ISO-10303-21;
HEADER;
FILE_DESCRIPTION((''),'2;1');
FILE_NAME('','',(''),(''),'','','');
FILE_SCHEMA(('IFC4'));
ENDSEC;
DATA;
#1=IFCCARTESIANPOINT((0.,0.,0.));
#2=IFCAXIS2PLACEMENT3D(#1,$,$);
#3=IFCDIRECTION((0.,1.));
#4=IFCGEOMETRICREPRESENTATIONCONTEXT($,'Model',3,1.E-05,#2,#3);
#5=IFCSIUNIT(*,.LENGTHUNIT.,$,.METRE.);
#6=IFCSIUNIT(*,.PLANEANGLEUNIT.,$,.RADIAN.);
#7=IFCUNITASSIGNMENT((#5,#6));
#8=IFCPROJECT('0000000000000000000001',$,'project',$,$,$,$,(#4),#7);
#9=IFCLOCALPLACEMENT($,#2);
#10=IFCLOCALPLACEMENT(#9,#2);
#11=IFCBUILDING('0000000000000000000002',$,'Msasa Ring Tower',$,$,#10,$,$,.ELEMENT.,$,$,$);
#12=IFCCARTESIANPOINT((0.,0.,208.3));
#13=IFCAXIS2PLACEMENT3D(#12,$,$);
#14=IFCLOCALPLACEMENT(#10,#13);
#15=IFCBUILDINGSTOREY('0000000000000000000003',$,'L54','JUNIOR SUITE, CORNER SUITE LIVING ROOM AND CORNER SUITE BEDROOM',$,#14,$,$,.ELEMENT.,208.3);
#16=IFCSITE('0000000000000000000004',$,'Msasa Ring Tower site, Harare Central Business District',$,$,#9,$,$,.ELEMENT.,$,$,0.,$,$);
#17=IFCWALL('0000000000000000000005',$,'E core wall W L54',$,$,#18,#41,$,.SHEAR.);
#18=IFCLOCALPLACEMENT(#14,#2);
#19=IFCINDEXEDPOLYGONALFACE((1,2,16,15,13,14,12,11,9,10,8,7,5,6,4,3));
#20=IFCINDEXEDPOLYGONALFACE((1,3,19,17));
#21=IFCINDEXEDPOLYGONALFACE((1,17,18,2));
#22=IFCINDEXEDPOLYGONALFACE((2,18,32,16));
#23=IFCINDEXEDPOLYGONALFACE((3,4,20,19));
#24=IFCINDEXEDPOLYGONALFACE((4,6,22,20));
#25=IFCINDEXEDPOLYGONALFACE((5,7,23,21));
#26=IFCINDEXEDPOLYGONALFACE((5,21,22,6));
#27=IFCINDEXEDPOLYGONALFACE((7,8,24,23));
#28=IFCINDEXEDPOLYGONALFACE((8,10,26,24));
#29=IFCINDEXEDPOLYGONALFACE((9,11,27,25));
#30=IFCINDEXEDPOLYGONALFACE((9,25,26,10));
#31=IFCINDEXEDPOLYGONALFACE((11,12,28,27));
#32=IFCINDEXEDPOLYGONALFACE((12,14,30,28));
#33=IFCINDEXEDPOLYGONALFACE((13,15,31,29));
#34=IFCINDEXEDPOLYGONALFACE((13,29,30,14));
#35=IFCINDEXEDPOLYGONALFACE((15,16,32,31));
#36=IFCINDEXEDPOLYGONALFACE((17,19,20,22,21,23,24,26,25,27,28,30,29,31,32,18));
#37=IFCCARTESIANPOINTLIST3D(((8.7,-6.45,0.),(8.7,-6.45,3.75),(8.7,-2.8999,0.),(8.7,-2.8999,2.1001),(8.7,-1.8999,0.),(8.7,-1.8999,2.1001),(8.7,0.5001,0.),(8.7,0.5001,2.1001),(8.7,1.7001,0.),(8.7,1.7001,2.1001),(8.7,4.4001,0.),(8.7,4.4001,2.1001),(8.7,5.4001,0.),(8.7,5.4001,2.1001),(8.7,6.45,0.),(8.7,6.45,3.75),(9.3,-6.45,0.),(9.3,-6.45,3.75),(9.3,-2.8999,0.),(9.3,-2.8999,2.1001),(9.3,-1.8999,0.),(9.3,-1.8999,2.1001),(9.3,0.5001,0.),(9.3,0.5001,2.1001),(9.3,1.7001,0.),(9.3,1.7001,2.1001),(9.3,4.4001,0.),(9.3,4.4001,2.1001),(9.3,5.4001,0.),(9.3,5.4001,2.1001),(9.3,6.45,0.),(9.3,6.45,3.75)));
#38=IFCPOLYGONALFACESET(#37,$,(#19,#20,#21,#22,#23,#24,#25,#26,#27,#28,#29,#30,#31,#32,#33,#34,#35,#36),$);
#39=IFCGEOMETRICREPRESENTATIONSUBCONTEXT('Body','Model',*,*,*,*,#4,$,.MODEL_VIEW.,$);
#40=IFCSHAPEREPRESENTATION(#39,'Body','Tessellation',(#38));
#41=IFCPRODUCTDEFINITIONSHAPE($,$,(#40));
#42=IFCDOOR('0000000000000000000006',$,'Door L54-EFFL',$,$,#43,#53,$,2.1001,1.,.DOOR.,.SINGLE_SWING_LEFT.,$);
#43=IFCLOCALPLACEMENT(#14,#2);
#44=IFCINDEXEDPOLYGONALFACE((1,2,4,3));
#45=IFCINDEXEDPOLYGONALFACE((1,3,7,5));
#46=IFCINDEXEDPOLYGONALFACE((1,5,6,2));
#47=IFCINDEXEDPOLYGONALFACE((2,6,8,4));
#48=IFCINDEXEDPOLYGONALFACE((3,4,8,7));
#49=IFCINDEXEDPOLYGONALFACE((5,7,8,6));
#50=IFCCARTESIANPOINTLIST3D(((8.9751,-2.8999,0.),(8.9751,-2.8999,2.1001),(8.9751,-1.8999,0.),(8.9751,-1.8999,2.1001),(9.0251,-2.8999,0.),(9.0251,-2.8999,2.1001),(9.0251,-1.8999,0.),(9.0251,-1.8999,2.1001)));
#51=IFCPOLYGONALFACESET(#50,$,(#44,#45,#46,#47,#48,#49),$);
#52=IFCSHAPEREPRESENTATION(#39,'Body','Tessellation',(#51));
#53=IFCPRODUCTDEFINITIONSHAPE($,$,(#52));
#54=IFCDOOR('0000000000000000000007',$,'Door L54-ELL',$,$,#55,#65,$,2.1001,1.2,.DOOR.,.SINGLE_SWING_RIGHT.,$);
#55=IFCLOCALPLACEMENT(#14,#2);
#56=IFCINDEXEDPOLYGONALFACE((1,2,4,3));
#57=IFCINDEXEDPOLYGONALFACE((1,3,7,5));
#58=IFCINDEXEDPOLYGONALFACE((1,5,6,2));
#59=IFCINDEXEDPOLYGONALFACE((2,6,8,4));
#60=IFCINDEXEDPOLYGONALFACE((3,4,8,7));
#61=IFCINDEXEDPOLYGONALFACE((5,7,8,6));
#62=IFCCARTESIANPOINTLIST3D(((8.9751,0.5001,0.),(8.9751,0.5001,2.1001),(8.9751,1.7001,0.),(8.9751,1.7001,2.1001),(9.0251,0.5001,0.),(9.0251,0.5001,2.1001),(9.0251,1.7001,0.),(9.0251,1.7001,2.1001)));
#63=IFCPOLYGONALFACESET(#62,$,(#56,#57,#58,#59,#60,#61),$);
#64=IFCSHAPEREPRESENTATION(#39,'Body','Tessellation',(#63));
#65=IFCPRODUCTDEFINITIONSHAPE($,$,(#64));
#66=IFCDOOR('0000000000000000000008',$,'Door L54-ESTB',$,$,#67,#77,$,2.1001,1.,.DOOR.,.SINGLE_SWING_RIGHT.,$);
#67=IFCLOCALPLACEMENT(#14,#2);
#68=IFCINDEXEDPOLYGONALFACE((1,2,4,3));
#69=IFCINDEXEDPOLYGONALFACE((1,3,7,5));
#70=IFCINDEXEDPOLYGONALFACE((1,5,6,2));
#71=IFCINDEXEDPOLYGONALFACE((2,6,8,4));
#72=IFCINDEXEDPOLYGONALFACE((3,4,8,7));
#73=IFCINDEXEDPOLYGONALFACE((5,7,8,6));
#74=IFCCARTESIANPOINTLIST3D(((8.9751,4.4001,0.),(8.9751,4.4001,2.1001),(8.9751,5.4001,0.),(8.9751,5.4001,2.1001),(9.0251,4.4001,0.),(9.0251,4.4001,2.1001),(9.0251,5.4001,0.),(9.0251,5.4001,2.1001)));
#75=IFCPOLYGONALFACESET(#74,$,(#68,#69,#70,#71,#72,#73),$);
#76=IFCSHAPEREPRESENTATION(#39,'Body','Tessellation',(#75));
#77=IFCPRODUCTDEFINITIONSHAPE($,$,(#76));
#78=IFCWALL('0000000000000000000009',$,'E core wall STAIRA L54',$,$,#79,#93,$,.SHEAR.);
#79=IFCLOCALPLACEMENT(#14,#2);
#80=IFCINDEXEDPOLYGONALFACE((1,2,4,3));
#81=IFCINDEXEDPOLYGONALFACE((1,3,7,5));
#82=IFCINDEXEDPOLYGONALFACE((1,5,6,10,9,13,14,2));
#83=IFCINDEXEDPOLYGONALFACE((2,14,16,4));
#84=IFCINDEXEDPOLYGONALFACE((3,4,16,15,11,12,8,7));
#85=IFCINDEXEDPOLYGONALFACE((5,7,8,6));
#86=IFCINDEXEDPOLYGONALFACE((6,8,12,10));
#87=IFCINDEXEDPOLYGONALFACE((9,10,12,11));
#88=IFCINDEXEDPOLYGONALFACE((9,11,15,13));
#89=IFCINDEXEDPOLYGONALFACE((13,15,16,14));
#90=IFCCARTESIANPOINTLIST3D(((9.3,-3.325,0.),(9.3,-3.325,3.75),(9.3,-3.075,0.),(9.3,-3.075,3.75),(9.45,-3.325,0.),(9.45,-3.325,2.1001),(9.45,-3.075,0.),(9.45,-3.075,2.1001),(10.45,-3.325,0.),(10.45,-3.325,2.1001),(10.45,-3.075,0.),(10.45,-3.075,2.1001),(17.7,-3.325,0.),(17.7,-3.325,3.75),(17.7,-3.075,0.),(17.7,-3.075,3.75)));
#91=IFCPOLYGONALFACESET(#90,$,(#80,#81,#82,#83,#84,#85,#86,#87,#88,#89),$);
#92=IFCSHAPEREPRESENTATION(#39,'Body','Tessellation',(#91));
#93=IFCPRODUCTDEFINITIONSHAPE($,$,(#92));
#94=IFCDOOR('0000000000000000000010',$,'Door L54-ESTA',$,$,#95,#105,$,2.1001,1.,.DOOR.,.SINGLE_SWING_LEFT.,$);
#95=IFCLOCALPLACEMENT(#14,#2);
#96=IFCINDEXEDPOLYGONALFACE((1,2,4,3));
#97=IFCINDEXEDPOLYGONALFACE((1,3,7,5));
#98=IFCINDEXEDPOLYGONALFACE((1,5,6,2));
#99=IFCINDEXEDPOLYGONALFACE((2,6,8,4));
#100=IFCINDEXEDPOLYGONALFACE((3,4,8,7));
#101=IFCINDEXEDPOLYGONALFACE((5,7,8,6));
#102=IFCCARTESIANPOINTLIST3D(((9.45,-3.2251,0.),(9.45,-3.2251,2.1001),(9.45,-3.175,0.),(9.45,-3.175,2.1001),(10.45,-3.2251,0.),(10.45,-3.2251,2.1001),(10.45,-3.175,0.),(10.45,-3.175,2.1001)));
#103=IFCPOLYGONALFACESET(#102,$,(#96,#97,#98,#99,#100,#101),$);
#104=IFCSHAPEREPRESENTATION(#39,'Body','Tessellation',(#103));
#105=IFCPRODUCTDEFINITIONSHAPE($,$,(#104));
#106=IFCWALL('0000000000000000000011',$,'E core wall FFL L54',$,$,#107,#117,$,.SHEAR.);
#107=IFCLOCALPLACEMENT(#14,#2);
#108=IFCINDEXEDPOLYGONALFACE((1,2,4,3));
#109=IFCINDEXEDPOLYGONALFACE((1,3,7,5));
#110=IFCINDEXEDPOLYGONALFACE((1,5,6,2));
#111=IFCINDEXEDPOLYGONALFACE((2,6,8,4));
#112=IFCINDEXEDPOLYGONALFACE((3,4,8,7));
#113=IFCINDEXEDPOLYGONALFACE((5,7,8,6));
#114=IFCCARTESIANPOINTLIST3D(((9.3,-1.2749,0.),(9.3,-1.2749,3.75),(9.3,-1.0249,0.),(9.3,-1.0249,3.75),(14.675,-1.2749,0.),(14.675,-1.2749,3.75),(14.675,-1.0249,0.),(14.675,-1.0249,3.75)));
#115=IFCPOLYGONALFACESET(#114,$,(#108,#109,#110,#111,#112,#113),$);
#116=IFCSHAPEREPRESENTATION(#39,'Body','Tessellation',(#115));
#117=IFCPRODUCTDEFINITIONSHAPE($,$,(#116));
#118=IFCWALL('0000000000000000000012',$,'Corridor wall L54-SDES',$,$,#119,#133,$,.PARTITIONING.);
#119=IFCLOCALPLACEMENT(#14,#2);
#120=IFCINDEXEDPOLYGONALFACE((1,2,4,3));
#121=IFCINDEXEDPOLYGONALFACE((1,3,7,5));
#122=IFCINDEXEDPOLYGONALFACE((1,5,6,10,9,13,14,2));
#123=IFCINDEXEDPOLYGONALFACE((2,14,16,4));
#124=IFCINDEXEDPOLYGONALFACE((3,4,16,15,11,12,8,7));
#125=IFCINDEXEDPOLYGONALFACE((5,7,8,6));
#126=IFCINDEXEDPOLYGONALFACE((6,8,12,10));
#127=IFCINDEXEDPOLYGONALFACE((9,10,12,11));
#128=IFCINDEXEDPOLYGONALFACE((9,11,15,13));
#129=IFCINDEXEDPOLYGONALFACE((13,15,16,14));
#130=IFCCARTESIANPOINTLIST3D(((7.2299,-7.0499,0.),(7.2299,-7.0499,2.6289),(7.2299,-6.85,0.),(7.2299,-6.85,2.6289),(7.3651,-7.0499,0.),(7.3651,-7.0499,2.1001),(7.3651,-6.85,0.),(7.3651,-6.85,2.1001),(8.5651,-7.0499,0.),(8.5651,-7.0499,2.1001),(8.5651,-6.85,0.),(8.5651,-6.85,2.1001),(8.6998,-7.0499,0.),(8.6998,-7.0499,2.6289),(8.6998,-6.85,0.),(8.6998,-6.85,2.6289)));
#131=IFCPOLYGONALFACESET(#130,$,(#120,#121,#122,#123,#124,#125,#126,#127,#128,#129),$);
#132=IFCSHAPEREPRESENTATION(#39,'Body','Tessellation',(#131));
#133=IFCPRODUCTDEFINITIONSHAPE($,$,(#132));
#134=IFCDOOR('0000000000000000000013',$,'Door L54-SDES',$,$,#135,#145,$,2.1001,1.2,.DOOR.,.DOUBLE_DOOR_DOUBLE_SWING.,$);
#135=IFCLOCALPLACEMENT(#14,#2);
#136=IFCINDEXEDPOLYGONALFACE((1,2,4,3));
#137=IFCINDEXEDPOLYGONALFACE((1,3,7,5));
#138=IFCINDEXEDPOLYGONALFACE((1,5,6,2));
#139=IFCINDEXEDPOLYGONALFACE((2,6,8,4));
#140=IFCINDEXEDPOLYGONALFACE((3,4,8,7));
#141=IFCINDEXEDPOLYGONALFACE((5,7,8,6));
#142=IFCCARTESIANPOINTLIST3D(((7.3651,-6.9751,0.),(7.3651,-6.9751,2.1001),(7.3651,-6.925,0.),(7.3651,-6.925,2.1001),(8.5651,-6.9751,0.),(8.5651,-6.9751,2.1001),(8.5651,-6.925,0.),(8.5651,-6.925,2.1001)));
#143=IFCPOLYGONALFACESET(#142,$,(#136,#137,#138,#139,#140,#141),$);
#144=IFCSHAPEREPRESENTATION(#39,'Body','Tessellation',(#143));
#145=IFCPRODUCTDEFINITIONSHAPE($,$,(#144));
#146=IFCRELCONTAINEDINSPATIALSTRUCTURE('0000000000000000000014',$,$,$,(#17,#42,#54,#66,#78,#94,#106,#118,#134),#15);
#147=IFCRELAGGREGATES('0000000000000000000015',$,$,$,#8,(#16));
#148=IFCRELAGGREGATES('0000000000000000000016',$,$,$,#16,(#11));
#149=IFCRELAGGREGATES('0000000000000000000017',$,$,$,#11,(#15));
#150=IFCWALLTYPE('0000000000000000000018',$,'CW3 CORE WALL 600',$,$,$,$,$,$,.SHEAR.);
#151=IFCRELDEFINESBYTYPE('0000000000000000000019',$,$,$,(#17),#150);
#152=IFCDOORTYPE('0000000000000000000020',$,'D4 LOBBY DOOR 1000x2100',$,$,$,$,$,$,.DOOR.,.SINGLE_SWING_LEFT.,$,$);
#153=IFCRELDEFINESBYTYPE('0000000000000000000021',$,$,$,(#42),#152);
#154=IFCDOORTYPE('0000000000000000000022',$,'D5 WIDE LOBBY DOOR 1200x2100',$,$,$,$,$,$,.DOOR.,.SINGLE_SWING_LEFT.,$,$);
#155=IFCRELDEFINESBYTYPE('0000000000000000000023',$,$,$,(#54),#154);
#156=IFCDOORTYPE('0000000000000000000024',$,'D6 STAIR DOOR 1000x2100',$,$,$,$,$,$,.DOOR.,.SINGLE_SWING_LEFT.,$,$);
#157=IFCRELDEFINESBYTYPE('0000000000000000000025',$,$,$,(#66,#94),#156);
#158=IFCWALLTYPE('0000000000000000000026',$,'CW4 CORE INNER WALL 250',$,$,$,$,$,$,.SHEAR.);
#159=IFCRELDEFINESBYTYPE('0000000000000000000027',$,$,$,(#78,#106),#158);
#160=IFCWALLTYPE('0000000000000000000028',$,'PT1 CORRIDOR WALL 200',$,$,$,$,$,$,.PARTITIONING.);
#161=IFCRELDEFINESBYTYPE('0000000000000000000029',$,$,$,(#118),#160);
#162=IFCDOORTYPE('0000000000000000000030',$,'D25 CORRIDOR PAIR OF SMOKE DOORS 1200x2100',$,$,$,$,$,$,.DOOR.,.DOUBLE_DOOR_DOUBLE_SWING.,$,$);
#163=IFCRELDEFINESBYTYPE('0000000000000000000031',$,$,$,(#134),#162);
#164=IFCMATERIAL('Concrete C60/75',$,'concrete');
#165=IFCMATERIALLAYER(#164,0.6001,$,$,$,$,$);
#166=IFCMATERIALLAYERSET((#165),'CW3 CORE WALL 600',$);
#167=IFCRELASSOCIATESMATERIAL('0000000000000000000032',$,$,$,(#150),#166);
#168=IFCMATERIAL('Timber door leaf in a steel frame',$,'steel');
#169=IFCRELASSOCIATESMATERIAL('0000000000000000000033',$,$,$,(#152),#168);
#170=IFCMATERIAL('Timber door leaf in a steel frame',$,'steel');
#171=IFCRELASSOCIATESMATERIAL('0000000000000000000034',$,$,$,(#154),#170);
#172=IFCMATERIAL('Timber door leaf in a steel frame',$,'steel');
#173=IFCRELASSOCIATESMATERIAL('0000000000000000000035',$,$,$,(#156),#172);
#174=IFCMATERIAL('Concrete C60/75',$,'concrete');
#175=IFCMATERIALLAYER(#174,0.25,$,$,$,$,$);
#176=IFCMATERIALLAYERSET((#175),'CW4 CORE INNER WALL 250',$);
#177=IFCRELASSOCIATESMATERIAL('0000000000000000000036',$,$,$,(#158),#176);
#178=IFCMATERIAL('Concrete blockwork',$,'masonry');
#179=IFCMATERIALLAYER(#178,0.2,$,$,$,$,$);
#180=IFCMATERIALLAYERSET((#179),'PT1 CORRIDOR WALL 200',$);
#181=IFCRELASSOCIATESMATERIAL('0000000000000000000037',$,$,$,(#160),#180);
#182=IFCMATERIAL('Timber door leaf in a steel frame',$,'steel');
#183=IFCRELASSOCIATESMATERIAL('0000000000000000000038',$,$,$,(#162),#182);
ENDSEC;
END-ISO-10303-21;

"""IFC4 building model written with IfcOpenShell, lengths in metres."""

from ifc_helpers import new_model, si_unit, direction, frame, frame_2d, origin, place, context, subcontext, project, spatial, rectangle, extrude, material, layer, layer_set, type_object, element, fill, save


model = new_model("IFC4")

# Units and contexts
model_context = context("Model", 3, precision=1e-05, world=origin(), true_north=direction((0.0, 1.0)))
body_context = subcontext(model_context, "Body", "Model", "MODEL_VIEW")
ifc_project = project(units=[si_unit("LENGTHUNIT", "METRE"), si_unit("PLANEANGLEUNIT", "RADIAN")], contexts=[model_context])

# Site, building, storey
site_placement = place(None, origin())
site = spatial("IfcSite", under=ifc_project, at=site_placement, Name="Msasa Ring Tower site, Harare Central Business District", CompositionType="ELEMENT", RefElevation=0.0)
building_placement = place(site_placement, origin())
building = spatial("IfcBuilding", under=site, at=building_placement, Name="Msasa Ring Tower", CompositionType="ELEMENT")
storey_placement = place(building_placement, frame((0.0, 0.0, 208.3)))
storey = spatial("IfcBuildingStorey", under=building, at=storey_placement, Name="L54", Description="JUNIOR SUITE, CORNER SUITE LIVING ROOM AND CORNER SUITE BEDROOM", CompositionType="ELEMENT", Elevation=208.3)

# Shared definitions
ifc_material_1 = material(Name="Concrete C60/75", Category="concrete")
ifc_layer_1 = layer(ifc_material_1, 0.6001)
ifc_layer_set_1 = layer_set([ifc_layer_1], Name="CW3 CORE WALL 600")
wall_type_1 = type_object("IfcWallType", Name="CW3 CORE WALL 600", PredefinedType="SHEAR", material=ifc_layer_set_1)

# Wall, openings, doors
wall_1_placement = place(storey_placement, frame((9.0, -6.45, 0.0), z_axis=(0.0, 0.0, 1.0), x_axis=(0.0, 1.0, 0.0)))
wall_1 = element("IfcWall", 1, at=wall_1_placement, inside=storey, type_object=wall_type_1, Name="E core wall W L54", PredefinedType="SHEAR", context=body_context, shape_type="SweptSolid", body=[
    extrude(rectangle(XDim=12.8999, YDim=0.6001, at=frame_2d((6.45, 0.0))), origin(), (0.0, 0.0, 1.0), 3.75),
])
opening_1_placement = place(wall_1_placement, frame((3.55, 0.0, 0.0)))
opening_1 = element("IfcOpeningElement", 2, at=opening_1_placement, cuts=wall_1, PredefinedType="OPENING", context=body_context, shape_type="SweptSolid", body=[
    extrude(rectangle(XDim=1.0, YDim=2.1001, at=frame_2d((0.5, 1.05))), frame((0.0, 0.3101, 0.0), z_axis=(0.0, -1.0, 0.0), x_axis=(1.0, 0.0, 0.0)), (0.0, 0.0, 1.0), 0.6201),
])
opening_2_placement = place(wall_1_placement, frame((6.95, 0.0, 0.0)))
opening_2 = element("IfcOpeningElement", 3, at=opening_2_placement, cuts=wall_1, PredefinedType="OPENING", context=body_context, shape_type="SweptSolid", body=[
    extrude(rectangle(XDim=1.2, YDim=2.1001, at=frame_2d((0.6001, 1.05))), frame((0.0, 0.3101, 0.0), z_axis=(0.0, -1.0, 0.0), x_axis=(1.0, 0.0, 0.0)), (0.0, 0.0, 1.0), 0.6201),
])
opening_3_placement = place(wall_1_placement, frame((10.8501, 0.0, 0.0)))
opening_3 = element("IfcOpeningElement", 4, at=opening_3_placement, cuts=wall_1, PredefinedType="OPENING", context=body_context, shape_type="SweptSolid", body=[
    extrude(rectangle(XDim=1.0, YDim=2.1001, at=frame_2d((0.5, 1.05))), frame((0.0, 0.3101, 0.0), z_axis=(0.0, -1.0, 0.0), x_axis=(1.0, 0.0, 0.0)), (0.0, 0.0, 1.0), 0.6201),
])
ifc_material_2 = material(Name="Timber door leaf in a steel frame", Category="steel")
door_type_1 = type_object("IfcDoorType", Name="D4 LOBBY DOOR 1000x2100", OperationType="SINGLE_SWING_LEFT", PredefinedType="DOOR", material=ifc_material_2)
door_1_placement = place(opening_1_placement, origin())
door_1 = element("IfcDoor", 5, at=door_1_placement, inside=storey, type_object=door_type_1, Name="Door L54-EFFL", OperationType="SINGLE_SWING_LEFT", OverallHeight=2.1001, OverallWidth=1.0, PredefinedType="DOOR", context=body_context, shape_type="SweptSolid", body=[
    extrude(rectangle(XDim=1.0, YDim=2.1001, at=frame_2d((0.5, 1.05))), frame((0.0, 0.0249, 0.0), z_axis=(0.0, -1.0, 0.0), x_axis=(1.0, 0.0, 0.0)), (0.0, 0.0, 1.0), 0.05),
])
fill(opening_1, door_1)
ifc_material_3 = material(Name="Timber door leaf in a steel frame", Category="steel")
door_type_2 = type_object("IfcDoorType", Name="D5 WIDE LOBBY DOOR 1200x2100", OperationType="SINGLE_SWING_LEFT", PredefinedType="DOOR", material=ifc_material_3)
door_2_placement = place(opening_2_placement, origin())
door_2 = element("IfcDoor", 6, at=door_2_placement, inside=storey, type_object=door_type_2, Name="Door L54-ELL", OperationType="SINGLE_SWING_RIGHT", OverallHeight=2.1001, OverallWidth=1.2, PredefinedType="DOOR", context=body_context, shape_type="SweptSolid", body=[
    extrude(rectangle(XDim=1.2, YDim=2.1001, at=frame_2d((0.6001, 1.05))), frame((0.0, 0.0249, 0.0), z_axis=(0.0, -1.0, 0.0), x_axis=(1.0, 0.0, 0.0)), (0.0, 0.0, 1.0), 0.05),
])
fill(opening_2, door_2)
ifc_material_4 = material(Name="Timber door leaf in a steel frame", Category="steel")
door_type_3 = type_object("IfcDoorType", Name="D6 STAIR DOOR 1000x2100", OperationType="SINGLE_SWING_LEFT", PredefinedType="DOOR", material=ifc_material_4)
door_3_placement = place(opening_3_placement, origin())
door_3 = element("IfcDoor", 7, at=door_3_placement, inside=storey, type_object=door_type_3, Name="Door L54-ESTB", OperationType="SINGLE_SWING_RIGHT", OverallHeight=2.1001, OverallWidth=1.0, PredefinedType="DOOR", context=body_context, shape_type="SweptSolid", body=[
    extrude(rectangle(XDim=1.0, YDim=2.1001, at=frame_2d((0.5, 1.05))), frame((0.0, 0.0249, 0.0), z_axis=(0.0, -1.0, 0.0), x_axis=(1.0, 0.0, 0.0)), (0.0, 0.0, 1.0), 0.05),
])
fill(opening_3, door_3)

# Wall, opening, door
ifc_material_5 = material(Name="Concrete C60/75", Category="concrete")
ifc_layer_2 = layer(ifc_material_5, 0.25)
ifc_layer_set_2 = layer_set([ifc_layer_2], Name="CW4 CORE INNER WALL 250")
wall_type_2 = type_object("IfcWallType", Name="CW4 CORE INNER WALL 250", PredefinedType="SHEAR", material=ifc_layer_set_2)
wall_2_placement = place(storey_placement, frame((9.3, -3.2, 0.0), z_axis=(0.0, 0.0, 1.0), x_axis=(1.0, 0.0, 0.0)))
wall_2 = element("IfcWall", 8, at=wall_2_placement, inside=storey, type_object=wall_type_2, Name="E core wall STAIRA L54", PredefinedType="SHEAR", context=body_context, shape_type="SweptSolid", body=[
    extrude(rectangle(XDim=8.3999, YDim=0.25, at=frame_2d((4.2, 0.0))), origin(), (0.0, 0.0, 1.0), 3.75),
])
opening_4_placement = place(wall_2_placement, frame((0.1499, 0.0, 0.0)))
opening_4 = element("IfcOpeningElement", 9, at=opening_4_placement, cuts=wall_2, PredefinedType="OPENING", context=body_context, shape_type="SweptSolid", body=[
    extrude(rectangle(XDim=1.0, YDim=2.1001, at=frame_2d((0.5, 1.05))), frame((0.0, 0.135, 0.0), z_axis=(0.0, -1.0, 0.0), x_axis=(1.0, 0.0, 0.0)), (0.0, 0.0, 1.0), 0.27),
])
door_4_placement = place(opening_4_placement, origin())
door_4 = element("IfcDoor", 10, at=door_4_placement, inside=storey, type_object=door_type_3, Name="Door L54-ESTA", OperationType="SINGLE_SWING_LEFT", OverallHeight=2.1001, OverallWidth=1.0, PredefinedType="DOOR", context=body_context, shape_type="SweptSolid", body=[
    extrude(rectangle(XDim=1.0, YDim=2.1001, at=frame_2d((0.5, 1.05))), frame((0.0, 0.0249, 0.0), z_axis=(0.0, -1.0, 0.0), x_axis=(1.0, 0.0, 0.0)), (0.0, 0.0, 1.0), 0.05),
])
fill(opening_4, door_4)

# Wall
wall_3_placement = place(storey_placement, frame((9.3, -1.1499, 0.0), z_axis=(0.0, 0.0, 1.0), x_axis=(1.0, 0.0, 0.0)))
element("IfcWall", 11, at=wall_3_placement, inside=storey, type_object=wall_type_2, Name="E core wall FFL L54", PredefinedType="SHEAR", context=body_context, shape_type="SweptSolid", body=[
    extrude(rectangle(XDim=5.375, YDim=0.25, at=frame_2d((2.6875, 0.0))), origin(), (0.0, 0.0, 1.0), 3.75),
])

# Wall, opening, door
ifc_material_6 = material(Name="Concrete blockwork", Category="masonry")
ifc_layer_3 = layer(ifc_material_6, 0.2)
ifc_layer_set_3 = layer_set([ifc_layer_3], Name="PT1 CORRIDOR WALL 200")
wall_type_3 = type_object("IfcWallType", Name="PT1 CORRIDOR WALL 200", PredefinedType="PARTITIONING", material=ifc_layer_set_3)
wall_4_placement = place(storey_placement, frame((7.23, -6.95, 0.0), z_axis=(0.0, 0.0, 1.0), x_axis=(1.0, 0.0, 0.0)))
wall_4 = element("IfcWall", 12, at=wall_4_placement, inside=storey, type_object=wall_type_3, Name="Corridor wall L54-SDES", PredefinedType="PARTITIONING", context=body_context, shape_type="SweptSolid", body=[
    extrude(rectangle(XDim=1.47, YDim=0.2, at=frame_2d((0.7349, 0.0))), origin(), (0.0, 0.0, 1.0), 2.6289),
])
opening_5_placement = place(wall_4_placement, frame((0.135, 0.0, 0.0)))
opening_5 = element("IfcOpeningElement", 13, at=opening_5_placement, cuts=wall_4, PredefinedType="OPENING", context=body_context, shape_type="SweptSolid", body=[
    extrude(rectangle(XDim=1.2, YDim=2.1001, at=frame_2d((0.6001, 1.05))), frame((0.0, 0.1099, 0.0), z_axis=(0.0, -1.0, 0.0), x_axis=(1.0, 0.0, 0.0)), (0.0, 0.0, 1.0), 0.22),
])
ifc_material_7 = material(Name="Timber door leaf in a steel frame", Category="steel")
door_type_4 = type_object("IfcDoorType", Name="D25 CORRIDOR PAIR OF SMOKE DOORS 1200x2100", OperationType="DOUBLE_DOOR_DOUBLE_SWING", PredefinedType="DOOR", material=ifc_material_7)
door_5_placement = place(opening_5_placement, origin())
door_5 = element("IfcDoor", 14, at=door_5_placement, inside=storey, type_object=door_type_4, Name="Door L54-SDES", OperationType="DOUBLE_DOOR_DOUBLE_SWING", OverallHeight=2.1001, OverallWidth=1.2, PredefinedType="DOOR", context=body_context, shape_type="SweptSolid", body=[
    extrude(rectangle(XDim=1.2, YDim=2.1001, at=frame_2d((0.6001, 1.05))), frame((0.0, 0.0249, 0.0), z_axis=(0.0, -1.0, 0.0), x_axis=(1.0, 0.0, 0.0)), (0.0, 0.0, 1.0), 0.05),
])
fill(opening_5, door_5)

save(model, "model.ifc")
